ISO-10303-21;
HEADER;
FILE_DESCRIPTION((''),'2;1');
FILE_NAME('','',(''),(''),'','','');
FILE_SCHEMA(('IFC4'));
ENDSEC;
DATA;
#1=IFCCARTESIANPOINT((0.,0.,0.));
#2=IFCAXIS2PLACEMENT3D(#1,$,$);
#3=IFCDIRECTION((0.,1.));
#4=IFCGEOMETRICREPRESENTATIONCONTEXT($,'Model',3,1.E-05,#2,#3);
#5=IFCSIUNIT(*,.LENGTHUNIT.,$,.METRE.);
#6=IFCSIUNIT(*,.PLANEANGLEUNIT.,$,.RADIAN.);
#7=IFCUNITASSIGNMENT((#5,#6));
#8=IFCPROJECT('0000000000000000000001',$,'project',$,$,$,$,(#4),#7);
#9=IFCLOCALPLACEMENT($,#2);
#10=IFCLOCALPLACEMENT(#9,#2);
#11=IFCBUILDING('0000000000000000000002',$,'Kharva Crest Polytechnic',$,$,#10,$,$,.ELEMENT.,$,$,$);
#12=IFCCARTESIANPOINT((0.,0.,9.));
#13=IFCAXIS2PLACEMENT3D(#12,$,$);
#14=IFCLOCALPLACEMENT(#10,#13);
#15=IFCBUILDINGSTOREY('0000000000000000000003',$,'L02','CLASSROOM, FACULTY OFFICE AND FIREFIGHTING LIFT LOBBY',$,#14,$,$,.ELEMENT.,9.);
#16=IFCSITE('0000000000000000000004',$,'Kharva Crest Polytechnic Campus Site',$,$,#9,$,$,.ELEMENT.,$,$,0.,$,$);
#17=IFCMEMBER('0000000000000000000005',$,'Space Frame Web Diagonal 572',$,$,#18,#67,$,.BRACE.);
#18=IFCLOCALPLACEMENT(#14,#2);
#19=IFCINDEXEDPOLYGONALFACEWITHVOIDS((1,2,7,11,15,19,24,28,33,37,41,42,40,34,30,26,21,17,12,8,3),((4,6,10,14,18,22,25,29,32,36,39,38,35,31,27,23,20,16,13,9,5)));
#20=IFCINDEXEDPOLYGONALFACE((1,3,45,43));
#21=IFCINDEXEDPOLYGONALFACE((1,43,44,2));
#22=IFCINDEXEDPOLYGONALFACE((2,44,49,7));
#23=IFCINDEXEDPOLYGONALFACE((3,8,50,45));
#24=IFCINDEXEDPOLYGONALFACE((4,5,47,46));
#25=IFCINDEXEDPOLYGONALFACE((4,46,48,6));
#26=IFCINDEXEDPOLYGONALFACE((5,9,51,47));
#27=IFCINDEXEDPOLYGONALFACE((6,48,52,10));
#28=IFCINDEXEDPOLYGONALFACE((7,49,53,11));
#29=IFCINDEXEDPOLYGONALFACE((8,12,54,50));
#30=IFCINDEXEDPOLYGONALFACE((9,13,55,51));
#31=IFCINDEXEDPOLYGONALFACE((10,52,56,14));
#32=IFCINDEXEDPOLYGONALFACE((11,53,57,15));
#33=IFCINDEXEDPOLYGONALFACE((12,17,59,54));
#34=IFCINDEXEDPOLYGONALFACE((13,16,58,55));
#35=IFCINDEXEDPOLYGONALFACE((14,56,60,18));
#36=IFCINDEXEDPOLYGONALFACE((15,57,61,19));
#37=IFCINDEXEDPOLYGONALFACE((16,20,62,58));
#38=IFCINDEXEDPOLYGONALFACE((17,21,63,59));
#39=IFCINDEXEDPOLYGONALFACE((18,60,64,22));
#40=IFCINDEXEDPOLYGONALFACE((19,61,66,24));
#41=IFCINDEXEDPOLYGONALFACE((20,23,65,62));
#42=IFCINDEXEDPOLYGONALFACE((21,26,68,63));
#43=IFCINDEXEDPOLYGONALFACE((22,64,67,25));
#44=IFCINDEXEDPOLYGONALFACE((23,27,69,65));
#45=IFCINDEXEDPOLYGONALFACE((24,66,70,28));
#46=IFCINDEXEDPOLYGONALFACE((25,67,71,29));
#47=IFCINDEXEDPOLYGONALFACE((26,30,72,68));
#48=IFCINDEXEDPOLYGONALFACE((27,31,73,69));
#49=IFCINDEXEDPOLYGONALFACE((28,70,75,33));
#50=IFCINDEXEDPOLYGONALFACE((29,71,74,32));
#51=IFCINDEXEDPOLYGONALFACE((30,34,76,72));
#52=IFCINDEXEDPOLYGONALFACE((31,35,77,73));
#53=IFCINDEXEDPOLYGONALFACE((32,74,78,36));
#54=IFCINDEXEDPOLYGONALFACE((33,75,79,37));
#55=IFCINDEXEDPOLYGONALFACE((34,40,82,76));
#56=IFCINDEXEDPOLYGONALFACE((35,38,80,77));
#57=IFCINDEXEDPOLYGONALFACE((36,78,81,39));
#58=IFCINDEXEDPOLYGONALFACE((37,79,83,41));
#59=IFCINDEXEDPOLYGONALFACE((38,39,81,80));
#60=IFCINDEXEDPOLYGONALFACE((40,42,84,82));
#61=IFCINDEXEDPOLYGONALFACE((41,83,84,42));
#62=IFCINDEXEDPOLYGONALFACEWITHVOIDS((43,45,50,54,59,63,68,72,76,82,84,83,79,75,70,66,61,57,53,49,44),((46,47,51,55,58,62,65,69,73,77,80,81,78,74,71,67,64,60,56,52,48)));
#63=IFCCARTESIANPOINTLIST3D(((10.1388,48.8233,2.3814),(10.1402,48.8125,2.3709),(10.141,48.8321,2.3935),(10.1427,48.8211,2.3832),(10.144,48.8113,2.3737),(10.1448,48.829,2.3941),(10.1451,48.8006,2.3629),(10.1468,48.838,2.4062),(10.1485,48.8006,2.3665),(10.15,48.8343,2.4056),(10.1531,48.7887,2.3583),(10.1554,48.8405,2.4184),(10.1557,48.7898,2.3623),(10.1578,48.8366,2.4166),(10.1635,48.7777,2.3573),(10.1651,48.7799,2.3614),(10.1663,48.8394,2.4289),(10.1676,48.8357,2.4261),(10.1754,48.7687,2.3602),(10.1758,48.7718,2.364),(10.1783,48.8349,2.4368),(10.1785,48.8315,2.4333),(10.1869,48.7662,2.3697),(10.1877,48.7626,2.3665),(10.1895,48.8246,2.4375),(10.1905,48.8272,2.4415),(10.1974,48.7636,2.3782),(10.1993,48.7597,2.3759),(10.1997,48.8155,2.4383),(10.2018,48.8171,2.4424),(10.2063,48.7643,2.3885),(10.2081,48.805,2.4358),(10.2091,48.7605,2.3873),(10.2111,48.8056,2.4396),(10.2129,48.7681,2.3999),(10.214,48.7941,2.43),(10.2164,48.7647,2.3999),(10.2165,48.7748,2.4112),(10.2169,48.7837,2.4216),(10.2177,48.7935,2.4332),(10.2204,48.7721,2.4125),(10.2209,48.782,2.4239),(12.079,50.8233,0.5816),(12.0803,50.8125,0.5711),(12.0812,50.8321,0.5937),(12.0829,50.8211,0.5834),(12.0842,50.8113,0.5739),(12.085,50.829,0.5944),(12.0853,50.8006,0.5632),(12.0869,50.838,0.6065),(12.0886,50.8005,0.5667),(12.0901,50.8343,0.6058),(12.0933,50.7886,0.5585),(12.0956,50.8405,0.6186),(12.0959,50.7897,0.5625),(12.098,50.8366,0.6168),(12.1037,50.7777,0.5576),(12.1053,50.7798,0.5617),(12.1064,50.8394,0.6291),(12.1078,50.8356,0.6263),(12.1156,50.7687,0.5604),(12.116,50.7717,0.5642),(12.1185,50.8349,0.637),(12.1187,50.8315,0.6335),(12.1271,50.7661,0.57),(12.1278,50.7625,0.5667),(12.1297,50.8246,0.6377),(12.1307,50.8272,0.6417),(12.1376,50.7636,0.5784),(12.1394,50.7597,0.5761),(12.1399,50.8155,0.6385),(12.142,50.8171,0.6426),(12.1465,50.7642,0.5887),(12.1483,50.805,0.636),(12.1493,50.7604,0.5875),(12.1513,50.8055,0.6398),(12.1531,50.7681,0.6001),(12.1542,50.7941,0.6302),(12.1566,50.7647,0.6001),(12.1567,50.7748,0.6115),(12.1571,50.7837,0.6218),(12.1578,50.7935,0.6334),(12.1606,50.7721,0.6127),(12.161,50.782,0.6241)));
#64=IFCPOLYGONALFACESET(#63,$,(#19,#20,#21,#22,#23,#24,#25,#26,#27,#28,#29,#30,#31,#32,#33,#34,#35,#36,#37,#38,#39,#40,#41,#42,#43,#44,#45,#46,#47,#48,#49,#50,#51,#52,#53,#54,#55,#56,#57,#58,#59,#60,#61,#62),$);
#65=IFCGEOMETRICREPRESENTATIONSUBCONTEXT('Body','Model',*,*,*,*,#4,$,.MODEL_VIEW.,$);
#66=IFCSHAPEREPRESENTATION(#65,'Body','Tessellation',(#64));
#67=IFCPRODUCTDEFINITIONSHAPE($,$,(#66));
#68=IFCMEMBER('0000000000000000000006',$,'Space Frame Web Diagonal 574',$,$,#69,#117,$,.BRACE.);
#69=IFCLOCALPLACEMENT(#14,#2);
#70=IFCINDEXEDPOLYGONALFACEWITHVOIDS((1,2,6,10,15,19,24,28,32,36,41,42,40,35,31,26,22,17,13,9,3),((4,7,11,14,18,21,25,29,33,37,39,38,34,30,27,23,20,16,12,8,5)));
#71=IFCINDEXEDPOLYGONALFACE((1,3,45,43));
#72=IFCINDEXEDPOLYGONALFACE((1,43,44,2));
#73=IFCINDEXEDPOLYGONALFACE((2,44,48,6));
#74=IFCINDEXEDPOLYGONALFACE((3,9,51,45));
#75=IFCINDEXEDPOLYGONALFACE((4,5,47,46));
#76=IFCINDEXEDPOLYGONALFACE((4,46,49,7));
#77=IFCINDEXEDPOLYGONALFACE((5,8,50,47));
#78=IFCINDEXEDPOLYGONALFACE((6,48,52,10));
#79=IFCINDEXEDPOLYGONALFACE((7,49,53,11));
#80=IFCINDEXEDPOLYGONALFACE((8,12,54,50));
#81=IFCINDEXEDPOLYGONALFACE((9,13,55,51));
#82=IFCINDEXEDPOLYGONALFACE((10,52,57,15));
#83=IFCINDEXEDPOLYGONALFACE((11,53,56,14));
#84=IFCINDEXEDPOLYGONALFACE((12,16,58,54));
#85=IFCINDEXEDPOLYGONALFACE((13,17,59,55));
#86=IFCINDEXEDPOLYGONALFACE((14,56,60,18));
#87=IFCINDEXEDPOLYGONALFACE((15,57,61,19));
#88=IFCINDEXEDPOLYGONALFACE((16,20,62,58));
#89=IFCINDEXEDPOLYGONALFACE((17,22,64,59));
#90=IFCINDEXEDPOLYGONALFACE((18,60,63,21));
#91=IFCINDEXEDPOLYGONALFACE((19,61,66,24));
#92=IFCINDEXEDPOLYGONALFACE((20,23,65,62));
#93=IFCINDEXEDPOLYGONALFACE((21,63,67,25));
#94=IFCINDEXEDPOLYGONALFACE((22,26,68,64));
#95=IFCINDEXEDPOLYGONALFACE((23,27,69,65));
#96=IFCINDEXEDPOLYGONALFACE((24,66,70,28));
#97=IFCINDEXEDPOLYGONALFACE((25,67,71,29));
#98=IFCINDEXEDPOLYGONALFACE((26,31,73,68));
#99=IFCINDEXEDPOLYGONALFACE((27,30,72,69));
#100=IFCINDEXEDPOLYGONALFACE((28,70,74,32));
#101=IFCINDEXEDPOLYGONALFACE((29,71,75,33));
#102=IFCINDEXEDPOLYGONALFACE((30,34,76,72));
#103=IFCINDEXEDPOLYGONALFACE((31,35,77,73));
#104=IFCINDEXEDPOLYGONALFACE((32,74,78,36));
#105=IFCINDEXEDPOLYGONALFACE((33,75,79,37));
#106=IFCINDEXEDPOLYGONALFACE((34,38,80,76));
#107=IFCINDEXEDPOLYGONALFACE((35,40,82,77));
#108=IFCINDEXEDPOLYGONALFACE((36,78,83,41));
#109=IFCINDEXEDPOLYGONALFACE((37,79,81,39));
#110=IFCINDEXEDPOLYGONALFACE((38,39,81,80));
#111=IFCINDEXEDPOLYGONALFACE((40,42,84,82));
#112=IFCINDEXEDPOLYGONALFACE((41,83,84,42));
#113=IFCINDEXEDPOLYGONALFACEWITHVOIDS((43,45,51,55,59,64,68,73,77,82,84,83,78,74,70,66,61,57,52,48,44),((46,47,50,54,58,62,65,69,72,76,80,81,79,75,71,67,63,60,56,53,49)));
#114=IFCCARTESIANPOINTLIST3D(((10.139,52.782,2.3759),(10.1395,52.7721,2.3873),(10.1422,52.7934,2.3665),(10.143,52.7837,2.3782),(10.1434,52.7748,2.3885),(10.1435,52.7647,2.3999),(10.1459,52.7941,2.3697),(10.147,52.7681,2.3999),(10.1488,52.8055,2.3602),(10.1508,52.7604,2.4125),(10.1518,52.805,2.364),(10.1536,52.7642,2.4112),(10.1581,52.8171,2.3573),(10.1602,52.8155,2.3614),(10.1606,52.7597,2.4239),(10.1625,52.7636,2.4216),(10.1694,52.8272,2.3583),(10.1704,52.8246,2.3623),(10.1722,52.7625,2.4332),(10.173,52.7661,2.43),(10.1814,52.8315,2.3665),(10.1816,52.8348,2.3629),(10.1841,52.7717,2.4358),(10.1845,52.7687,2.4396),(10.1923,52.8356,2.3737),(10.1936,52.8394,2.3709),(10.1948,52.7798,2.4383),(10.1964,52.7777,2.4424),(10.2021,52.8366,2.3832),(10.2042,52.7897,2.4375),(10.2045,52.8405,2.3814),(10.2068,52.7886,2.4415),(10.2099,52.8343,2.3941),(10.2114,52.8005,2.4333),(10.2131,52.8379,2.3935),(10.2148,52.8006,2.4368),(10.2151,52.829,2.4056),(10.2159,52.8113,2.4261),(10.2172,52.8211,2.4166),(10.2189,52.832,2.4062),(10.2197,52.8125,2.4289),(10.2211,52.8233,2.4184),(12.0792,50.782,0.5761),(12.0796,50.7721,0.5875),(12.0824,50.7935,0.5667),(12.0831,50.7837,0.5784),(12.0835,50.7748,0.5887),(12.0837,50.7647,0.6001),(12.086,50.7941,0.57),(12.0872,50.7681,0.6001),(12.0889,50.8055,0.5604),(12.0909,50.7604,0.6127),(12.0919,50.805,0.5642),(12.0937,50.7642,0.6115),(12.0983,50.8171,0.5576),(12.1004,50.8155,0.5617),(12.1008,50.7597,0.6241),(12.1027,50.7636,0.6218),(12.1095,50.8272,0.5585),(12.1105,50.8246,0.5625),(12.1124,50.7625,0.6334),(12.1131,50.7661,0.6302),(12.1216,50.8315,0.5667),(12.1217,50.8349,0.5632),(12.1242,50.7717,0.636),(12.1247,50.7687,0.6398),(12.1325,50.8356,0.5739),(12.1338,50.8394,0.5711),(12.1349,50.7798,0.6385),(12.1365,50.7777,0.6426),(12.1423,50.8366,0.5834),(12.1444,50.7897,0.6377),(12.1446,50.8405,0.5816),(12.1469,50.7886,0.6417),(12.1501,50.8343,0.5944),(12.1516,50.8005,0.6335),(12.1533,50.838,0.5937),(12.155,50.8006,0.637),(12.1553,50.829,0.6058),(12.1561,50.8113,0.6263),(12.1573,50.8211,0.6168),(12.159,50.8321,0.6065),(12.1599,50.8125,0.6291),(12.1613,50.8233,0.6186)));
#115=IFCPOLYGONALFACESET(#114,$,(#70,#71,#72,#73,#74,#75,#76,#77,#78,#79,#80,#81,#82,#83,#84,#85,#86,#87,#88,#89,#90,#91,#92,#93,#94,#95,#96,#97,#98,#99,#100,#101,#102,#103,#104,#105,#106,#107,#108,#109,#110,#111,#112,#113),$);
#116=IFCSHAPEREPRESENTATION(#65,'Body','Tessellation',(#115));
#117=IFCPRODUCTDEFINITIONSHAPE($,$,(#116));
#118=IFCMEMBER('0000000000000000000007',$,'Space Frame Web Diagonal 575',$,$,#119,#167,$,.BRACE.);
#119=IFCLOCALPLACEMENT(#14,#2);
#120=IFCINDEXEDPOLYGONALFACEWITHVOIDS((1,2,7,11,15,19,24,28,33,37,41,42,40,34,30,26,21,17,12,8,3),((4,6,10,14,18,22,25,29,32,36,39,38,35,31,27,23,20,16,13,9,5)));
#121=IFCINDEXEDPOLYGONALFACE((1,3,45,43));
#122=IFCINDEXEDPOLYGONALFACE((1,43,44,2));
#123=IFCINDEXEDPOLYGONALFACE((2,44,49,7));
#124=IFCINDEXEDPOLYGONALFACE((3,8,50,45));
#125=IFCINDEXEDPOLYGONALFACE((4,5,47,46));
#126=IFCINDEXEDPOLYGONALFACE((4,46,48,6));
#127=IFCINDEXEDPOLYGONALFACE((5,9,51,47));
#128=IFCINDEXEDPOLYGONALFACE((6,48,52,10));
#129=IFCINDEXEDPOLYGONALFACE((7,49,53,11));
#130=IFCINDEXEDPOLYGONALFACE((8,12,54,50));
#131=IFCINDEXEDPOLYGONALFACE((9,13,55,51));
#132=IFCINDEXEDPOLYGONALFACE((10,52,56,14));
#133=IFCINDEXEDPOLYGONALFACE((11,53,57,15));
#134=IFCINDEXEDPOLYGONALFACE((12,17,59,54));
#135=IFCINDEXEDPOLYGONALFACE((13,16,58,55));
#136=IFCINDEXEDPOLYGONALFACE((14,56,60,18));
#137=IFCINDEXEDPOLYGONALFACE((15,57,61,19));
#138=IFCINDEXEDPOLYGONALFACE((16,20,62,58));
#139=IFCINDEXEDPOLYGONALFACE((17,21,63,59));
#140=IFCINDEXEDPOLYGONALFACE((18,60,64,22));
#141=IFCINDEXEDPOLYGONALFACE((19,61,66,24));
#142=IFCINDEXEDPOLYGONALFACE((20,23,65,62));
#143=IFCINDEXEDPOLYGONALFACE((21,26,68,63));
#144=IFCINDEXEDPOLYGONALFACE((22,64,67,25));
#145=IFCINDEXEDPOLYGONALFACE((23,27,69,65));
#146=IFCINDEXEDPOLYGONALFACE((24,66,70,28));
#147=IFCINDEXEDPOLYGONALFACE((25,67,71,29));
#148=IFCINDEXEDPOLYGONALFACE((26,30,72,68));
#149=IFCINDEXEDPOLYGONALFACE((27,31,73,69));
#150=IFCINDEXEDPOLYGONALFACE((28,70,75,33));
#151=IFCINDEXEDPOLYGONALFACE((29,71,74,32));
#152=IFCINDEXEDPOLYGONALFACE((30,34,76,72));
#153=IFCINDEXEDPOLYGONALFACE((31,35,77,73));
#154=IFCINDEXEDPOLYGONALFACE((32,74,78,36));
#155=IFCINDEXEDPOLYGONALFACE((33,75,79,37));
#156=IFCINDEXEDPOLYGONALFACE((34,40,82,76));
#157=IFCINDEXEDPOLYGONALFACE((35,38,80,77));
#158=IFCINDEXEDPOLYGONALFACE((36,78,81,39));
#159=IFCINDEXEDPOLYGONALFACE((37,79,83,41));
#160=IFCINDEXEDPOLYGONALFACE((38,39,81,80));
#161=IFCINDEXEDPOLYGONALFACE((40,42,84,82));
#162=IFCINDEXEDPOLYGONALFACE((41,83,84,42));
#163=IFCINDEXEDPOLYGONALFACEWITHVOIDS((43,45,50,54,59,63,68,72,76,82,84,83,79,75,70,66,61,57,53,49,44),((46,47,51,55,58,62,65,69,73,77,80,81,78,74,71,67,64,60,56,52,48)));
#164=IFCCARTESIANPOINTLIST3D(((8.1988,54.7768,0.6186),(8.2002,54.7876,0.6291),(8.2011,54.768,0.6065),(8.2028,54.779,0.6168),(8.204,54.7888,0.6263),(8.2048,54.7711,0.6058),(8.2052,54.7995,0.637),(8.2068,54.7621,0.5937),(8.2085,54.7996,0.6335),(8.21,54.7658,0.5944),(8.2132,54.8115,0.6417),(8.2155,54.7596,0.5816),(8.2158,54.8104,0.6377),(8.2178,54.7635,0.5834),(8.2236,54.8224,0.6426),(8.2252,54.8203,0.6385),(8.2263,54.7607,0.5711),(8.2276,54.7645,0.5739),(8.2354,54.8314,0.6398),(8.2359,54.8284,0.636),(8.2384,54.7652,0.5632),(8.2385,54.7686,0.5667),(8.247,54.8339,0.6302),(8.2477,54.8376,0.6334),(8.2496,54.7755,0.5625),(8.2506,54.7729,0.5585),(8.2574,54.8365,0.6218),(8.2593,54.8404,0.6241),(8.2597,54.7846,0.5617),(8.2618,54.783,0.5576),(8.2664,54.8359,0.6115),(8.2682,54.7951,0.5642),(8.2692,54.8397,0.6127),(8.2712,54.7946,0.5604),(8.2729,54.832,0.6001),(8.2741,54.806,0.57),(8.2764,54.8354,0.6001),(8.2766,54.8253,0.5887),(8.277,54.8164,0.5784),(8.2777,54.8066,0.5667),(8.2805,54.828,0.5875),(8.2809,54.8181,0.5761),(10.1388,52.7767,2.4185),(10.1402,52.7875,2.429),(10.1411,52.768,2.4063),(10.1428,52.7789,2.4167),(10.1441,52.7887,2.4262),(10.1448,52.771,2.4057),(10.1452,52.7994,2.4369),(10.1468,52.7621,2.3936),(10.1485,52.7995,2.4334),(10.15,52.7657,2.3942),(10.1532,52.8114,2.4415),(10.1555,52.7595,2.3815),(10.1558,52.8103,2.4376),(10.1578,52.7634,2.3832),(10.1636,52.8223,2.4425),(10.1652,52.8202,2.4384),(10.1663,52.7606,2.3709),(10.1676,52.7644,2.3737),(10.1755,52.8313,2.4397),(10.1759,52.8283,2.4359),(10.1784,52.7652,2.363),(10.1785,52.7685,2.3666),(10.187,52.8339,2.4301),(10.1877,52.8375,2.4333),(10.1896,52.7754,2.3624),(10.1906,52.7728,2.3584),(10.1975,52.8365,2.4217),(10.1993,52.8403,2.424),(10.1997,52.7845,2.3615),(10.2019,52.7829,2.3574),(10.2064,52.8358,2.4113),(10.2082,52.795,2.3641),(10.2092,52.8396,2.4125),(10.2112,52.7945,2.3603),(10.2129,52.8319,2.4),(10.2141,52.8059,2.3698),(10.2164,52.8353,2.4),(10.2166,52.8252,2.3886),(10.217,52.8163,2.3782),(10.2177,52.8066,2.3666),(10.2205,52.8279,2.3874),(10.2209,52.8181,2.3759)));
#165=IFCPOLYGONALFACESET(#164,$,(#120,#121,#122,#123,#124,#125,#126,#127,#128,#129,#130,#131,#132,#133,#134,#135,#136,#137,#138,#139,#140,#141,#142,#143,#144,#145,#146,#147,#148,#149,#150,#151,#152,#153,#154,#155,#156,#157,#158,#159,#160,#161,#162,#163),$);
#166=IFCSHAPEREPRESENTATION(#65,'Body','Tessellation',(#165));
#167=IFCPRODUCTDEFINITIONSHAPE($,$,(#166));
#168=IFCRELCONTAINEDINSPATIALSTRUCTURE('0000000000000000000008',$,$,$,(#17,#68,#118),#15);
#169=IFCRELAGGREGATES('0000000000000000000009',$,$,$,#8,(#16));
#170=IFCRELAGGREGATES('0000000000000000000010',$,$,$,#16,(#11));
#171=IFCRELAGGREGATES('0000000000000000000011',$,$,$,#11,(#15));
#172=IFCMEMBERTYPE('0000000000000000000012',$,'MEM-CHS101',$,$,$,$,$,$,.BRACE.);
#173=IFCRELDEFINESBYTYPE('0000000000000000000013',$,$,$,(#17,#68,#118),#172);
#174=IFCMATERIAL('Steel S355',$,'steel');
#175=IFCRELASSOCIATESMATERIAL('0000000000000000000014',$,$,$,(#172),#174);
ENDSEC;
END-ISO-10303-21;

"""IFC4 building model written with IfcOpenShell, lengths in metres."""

from ifc_helpers import new_model, si_unit, direction, frame, origin, origin_2d, place, context, subcontext, project, spatial, hollow_circle, extrude, material, material_profile, profile_set, type_object, element, save


model = new_model("IFC4")

# Units and contexts
model_context = context("Model", 3, precision=1e-05, world=origin(), true_north=direction((0.0, 1.0)))
body_context = subcontext(model_context, "Body", "Model", "MODEL_VIEW")
ifc_project = project(units=[si_unit("LENGTHUNIT", "METRE"), si_unit("PLANEANGLEUNIT", "RADIAN")], contexts=[model_context])

# Site, building, storey
site_placement = place(None, origin())
site = spatial("IfcSite", under=ifc_project, at=site_placement, Name="Kharva Crest Polytechnic Campus Site", CompositionType="ELEMENT", RefElevation=0.0)
building_placement = place(site_placement, origin())
building = spatial("IfcBuilding", under=site, at=building_placement, Name="Kharva Crest Polytechnic", CompositionType="ELEMENT")
storey_placement = place(building_placement, frame((0.0, 0.0, 9.0)))
storey = spatial("IfcBuildingStorey", under=building, at=storey_placement, Name="L02", Description="CLASSROOM, FACULTY OFFICE AND FIREFIGHTING LIFT LOBBY", CompositionType="ELEMENT", Elevation=9.0)

# Shared definitions
ifc_material_1 = material(Name="Steel S355", Category="steel")

# Members
ifc_material_profile_1 = material_profile(ifc_material_1, hollow_circle(Radius=0.0508, WallThickness=0.0049, at=origin_2d()), Name="CHS 101.6X5.0")
ifc_profile_set_1 = profile_set([ifc_material_profile_1], Name="Steel S355")
member_type_1 = type_object("IfcMemberType", Name="MEM-CHS101", PredefinedType="BRACE", material=ifc_profile_set_1)
for number, where, z_axis, x_axis, name in (
    (1, (12.1201, 50.8, 0.6001), (-0.584892, -0.602924, 0.542572), (0.717758, -0.696292, 0.0), "Space Frame Web Diagonal 572"),
    (2, (12.1201, 50.8, 0.6001), (-0.584892, 0.602924, 0.542572), (-0.717758, -0.696292, 0.0), "Space Frame Web Diagonal 574"),
    (3, (8.24, 54.8, 0.6001), (0.584843, -0.60295, 0.542596), (0.717802, 0.696247, 0.0), "Space Frame Web Diagonal 575"),
):
    element("IfcMember", number, at=place(storey_placement, frame(where, z_axis=z_axis, x_axis=x_axis)), inside=storey, type_object=member_type_1, Name=name, PredefinedType="BRACE", context=body_context, shape_type="SweptSolid", body=[
        extrude(hollow_circle(Radius=0.0508, WallThickness=0.0049, at=origin_2d()), origin(), (0.0, 0.0, 1.0), 3.3171),
    ])

save(model, "model.ifc")
